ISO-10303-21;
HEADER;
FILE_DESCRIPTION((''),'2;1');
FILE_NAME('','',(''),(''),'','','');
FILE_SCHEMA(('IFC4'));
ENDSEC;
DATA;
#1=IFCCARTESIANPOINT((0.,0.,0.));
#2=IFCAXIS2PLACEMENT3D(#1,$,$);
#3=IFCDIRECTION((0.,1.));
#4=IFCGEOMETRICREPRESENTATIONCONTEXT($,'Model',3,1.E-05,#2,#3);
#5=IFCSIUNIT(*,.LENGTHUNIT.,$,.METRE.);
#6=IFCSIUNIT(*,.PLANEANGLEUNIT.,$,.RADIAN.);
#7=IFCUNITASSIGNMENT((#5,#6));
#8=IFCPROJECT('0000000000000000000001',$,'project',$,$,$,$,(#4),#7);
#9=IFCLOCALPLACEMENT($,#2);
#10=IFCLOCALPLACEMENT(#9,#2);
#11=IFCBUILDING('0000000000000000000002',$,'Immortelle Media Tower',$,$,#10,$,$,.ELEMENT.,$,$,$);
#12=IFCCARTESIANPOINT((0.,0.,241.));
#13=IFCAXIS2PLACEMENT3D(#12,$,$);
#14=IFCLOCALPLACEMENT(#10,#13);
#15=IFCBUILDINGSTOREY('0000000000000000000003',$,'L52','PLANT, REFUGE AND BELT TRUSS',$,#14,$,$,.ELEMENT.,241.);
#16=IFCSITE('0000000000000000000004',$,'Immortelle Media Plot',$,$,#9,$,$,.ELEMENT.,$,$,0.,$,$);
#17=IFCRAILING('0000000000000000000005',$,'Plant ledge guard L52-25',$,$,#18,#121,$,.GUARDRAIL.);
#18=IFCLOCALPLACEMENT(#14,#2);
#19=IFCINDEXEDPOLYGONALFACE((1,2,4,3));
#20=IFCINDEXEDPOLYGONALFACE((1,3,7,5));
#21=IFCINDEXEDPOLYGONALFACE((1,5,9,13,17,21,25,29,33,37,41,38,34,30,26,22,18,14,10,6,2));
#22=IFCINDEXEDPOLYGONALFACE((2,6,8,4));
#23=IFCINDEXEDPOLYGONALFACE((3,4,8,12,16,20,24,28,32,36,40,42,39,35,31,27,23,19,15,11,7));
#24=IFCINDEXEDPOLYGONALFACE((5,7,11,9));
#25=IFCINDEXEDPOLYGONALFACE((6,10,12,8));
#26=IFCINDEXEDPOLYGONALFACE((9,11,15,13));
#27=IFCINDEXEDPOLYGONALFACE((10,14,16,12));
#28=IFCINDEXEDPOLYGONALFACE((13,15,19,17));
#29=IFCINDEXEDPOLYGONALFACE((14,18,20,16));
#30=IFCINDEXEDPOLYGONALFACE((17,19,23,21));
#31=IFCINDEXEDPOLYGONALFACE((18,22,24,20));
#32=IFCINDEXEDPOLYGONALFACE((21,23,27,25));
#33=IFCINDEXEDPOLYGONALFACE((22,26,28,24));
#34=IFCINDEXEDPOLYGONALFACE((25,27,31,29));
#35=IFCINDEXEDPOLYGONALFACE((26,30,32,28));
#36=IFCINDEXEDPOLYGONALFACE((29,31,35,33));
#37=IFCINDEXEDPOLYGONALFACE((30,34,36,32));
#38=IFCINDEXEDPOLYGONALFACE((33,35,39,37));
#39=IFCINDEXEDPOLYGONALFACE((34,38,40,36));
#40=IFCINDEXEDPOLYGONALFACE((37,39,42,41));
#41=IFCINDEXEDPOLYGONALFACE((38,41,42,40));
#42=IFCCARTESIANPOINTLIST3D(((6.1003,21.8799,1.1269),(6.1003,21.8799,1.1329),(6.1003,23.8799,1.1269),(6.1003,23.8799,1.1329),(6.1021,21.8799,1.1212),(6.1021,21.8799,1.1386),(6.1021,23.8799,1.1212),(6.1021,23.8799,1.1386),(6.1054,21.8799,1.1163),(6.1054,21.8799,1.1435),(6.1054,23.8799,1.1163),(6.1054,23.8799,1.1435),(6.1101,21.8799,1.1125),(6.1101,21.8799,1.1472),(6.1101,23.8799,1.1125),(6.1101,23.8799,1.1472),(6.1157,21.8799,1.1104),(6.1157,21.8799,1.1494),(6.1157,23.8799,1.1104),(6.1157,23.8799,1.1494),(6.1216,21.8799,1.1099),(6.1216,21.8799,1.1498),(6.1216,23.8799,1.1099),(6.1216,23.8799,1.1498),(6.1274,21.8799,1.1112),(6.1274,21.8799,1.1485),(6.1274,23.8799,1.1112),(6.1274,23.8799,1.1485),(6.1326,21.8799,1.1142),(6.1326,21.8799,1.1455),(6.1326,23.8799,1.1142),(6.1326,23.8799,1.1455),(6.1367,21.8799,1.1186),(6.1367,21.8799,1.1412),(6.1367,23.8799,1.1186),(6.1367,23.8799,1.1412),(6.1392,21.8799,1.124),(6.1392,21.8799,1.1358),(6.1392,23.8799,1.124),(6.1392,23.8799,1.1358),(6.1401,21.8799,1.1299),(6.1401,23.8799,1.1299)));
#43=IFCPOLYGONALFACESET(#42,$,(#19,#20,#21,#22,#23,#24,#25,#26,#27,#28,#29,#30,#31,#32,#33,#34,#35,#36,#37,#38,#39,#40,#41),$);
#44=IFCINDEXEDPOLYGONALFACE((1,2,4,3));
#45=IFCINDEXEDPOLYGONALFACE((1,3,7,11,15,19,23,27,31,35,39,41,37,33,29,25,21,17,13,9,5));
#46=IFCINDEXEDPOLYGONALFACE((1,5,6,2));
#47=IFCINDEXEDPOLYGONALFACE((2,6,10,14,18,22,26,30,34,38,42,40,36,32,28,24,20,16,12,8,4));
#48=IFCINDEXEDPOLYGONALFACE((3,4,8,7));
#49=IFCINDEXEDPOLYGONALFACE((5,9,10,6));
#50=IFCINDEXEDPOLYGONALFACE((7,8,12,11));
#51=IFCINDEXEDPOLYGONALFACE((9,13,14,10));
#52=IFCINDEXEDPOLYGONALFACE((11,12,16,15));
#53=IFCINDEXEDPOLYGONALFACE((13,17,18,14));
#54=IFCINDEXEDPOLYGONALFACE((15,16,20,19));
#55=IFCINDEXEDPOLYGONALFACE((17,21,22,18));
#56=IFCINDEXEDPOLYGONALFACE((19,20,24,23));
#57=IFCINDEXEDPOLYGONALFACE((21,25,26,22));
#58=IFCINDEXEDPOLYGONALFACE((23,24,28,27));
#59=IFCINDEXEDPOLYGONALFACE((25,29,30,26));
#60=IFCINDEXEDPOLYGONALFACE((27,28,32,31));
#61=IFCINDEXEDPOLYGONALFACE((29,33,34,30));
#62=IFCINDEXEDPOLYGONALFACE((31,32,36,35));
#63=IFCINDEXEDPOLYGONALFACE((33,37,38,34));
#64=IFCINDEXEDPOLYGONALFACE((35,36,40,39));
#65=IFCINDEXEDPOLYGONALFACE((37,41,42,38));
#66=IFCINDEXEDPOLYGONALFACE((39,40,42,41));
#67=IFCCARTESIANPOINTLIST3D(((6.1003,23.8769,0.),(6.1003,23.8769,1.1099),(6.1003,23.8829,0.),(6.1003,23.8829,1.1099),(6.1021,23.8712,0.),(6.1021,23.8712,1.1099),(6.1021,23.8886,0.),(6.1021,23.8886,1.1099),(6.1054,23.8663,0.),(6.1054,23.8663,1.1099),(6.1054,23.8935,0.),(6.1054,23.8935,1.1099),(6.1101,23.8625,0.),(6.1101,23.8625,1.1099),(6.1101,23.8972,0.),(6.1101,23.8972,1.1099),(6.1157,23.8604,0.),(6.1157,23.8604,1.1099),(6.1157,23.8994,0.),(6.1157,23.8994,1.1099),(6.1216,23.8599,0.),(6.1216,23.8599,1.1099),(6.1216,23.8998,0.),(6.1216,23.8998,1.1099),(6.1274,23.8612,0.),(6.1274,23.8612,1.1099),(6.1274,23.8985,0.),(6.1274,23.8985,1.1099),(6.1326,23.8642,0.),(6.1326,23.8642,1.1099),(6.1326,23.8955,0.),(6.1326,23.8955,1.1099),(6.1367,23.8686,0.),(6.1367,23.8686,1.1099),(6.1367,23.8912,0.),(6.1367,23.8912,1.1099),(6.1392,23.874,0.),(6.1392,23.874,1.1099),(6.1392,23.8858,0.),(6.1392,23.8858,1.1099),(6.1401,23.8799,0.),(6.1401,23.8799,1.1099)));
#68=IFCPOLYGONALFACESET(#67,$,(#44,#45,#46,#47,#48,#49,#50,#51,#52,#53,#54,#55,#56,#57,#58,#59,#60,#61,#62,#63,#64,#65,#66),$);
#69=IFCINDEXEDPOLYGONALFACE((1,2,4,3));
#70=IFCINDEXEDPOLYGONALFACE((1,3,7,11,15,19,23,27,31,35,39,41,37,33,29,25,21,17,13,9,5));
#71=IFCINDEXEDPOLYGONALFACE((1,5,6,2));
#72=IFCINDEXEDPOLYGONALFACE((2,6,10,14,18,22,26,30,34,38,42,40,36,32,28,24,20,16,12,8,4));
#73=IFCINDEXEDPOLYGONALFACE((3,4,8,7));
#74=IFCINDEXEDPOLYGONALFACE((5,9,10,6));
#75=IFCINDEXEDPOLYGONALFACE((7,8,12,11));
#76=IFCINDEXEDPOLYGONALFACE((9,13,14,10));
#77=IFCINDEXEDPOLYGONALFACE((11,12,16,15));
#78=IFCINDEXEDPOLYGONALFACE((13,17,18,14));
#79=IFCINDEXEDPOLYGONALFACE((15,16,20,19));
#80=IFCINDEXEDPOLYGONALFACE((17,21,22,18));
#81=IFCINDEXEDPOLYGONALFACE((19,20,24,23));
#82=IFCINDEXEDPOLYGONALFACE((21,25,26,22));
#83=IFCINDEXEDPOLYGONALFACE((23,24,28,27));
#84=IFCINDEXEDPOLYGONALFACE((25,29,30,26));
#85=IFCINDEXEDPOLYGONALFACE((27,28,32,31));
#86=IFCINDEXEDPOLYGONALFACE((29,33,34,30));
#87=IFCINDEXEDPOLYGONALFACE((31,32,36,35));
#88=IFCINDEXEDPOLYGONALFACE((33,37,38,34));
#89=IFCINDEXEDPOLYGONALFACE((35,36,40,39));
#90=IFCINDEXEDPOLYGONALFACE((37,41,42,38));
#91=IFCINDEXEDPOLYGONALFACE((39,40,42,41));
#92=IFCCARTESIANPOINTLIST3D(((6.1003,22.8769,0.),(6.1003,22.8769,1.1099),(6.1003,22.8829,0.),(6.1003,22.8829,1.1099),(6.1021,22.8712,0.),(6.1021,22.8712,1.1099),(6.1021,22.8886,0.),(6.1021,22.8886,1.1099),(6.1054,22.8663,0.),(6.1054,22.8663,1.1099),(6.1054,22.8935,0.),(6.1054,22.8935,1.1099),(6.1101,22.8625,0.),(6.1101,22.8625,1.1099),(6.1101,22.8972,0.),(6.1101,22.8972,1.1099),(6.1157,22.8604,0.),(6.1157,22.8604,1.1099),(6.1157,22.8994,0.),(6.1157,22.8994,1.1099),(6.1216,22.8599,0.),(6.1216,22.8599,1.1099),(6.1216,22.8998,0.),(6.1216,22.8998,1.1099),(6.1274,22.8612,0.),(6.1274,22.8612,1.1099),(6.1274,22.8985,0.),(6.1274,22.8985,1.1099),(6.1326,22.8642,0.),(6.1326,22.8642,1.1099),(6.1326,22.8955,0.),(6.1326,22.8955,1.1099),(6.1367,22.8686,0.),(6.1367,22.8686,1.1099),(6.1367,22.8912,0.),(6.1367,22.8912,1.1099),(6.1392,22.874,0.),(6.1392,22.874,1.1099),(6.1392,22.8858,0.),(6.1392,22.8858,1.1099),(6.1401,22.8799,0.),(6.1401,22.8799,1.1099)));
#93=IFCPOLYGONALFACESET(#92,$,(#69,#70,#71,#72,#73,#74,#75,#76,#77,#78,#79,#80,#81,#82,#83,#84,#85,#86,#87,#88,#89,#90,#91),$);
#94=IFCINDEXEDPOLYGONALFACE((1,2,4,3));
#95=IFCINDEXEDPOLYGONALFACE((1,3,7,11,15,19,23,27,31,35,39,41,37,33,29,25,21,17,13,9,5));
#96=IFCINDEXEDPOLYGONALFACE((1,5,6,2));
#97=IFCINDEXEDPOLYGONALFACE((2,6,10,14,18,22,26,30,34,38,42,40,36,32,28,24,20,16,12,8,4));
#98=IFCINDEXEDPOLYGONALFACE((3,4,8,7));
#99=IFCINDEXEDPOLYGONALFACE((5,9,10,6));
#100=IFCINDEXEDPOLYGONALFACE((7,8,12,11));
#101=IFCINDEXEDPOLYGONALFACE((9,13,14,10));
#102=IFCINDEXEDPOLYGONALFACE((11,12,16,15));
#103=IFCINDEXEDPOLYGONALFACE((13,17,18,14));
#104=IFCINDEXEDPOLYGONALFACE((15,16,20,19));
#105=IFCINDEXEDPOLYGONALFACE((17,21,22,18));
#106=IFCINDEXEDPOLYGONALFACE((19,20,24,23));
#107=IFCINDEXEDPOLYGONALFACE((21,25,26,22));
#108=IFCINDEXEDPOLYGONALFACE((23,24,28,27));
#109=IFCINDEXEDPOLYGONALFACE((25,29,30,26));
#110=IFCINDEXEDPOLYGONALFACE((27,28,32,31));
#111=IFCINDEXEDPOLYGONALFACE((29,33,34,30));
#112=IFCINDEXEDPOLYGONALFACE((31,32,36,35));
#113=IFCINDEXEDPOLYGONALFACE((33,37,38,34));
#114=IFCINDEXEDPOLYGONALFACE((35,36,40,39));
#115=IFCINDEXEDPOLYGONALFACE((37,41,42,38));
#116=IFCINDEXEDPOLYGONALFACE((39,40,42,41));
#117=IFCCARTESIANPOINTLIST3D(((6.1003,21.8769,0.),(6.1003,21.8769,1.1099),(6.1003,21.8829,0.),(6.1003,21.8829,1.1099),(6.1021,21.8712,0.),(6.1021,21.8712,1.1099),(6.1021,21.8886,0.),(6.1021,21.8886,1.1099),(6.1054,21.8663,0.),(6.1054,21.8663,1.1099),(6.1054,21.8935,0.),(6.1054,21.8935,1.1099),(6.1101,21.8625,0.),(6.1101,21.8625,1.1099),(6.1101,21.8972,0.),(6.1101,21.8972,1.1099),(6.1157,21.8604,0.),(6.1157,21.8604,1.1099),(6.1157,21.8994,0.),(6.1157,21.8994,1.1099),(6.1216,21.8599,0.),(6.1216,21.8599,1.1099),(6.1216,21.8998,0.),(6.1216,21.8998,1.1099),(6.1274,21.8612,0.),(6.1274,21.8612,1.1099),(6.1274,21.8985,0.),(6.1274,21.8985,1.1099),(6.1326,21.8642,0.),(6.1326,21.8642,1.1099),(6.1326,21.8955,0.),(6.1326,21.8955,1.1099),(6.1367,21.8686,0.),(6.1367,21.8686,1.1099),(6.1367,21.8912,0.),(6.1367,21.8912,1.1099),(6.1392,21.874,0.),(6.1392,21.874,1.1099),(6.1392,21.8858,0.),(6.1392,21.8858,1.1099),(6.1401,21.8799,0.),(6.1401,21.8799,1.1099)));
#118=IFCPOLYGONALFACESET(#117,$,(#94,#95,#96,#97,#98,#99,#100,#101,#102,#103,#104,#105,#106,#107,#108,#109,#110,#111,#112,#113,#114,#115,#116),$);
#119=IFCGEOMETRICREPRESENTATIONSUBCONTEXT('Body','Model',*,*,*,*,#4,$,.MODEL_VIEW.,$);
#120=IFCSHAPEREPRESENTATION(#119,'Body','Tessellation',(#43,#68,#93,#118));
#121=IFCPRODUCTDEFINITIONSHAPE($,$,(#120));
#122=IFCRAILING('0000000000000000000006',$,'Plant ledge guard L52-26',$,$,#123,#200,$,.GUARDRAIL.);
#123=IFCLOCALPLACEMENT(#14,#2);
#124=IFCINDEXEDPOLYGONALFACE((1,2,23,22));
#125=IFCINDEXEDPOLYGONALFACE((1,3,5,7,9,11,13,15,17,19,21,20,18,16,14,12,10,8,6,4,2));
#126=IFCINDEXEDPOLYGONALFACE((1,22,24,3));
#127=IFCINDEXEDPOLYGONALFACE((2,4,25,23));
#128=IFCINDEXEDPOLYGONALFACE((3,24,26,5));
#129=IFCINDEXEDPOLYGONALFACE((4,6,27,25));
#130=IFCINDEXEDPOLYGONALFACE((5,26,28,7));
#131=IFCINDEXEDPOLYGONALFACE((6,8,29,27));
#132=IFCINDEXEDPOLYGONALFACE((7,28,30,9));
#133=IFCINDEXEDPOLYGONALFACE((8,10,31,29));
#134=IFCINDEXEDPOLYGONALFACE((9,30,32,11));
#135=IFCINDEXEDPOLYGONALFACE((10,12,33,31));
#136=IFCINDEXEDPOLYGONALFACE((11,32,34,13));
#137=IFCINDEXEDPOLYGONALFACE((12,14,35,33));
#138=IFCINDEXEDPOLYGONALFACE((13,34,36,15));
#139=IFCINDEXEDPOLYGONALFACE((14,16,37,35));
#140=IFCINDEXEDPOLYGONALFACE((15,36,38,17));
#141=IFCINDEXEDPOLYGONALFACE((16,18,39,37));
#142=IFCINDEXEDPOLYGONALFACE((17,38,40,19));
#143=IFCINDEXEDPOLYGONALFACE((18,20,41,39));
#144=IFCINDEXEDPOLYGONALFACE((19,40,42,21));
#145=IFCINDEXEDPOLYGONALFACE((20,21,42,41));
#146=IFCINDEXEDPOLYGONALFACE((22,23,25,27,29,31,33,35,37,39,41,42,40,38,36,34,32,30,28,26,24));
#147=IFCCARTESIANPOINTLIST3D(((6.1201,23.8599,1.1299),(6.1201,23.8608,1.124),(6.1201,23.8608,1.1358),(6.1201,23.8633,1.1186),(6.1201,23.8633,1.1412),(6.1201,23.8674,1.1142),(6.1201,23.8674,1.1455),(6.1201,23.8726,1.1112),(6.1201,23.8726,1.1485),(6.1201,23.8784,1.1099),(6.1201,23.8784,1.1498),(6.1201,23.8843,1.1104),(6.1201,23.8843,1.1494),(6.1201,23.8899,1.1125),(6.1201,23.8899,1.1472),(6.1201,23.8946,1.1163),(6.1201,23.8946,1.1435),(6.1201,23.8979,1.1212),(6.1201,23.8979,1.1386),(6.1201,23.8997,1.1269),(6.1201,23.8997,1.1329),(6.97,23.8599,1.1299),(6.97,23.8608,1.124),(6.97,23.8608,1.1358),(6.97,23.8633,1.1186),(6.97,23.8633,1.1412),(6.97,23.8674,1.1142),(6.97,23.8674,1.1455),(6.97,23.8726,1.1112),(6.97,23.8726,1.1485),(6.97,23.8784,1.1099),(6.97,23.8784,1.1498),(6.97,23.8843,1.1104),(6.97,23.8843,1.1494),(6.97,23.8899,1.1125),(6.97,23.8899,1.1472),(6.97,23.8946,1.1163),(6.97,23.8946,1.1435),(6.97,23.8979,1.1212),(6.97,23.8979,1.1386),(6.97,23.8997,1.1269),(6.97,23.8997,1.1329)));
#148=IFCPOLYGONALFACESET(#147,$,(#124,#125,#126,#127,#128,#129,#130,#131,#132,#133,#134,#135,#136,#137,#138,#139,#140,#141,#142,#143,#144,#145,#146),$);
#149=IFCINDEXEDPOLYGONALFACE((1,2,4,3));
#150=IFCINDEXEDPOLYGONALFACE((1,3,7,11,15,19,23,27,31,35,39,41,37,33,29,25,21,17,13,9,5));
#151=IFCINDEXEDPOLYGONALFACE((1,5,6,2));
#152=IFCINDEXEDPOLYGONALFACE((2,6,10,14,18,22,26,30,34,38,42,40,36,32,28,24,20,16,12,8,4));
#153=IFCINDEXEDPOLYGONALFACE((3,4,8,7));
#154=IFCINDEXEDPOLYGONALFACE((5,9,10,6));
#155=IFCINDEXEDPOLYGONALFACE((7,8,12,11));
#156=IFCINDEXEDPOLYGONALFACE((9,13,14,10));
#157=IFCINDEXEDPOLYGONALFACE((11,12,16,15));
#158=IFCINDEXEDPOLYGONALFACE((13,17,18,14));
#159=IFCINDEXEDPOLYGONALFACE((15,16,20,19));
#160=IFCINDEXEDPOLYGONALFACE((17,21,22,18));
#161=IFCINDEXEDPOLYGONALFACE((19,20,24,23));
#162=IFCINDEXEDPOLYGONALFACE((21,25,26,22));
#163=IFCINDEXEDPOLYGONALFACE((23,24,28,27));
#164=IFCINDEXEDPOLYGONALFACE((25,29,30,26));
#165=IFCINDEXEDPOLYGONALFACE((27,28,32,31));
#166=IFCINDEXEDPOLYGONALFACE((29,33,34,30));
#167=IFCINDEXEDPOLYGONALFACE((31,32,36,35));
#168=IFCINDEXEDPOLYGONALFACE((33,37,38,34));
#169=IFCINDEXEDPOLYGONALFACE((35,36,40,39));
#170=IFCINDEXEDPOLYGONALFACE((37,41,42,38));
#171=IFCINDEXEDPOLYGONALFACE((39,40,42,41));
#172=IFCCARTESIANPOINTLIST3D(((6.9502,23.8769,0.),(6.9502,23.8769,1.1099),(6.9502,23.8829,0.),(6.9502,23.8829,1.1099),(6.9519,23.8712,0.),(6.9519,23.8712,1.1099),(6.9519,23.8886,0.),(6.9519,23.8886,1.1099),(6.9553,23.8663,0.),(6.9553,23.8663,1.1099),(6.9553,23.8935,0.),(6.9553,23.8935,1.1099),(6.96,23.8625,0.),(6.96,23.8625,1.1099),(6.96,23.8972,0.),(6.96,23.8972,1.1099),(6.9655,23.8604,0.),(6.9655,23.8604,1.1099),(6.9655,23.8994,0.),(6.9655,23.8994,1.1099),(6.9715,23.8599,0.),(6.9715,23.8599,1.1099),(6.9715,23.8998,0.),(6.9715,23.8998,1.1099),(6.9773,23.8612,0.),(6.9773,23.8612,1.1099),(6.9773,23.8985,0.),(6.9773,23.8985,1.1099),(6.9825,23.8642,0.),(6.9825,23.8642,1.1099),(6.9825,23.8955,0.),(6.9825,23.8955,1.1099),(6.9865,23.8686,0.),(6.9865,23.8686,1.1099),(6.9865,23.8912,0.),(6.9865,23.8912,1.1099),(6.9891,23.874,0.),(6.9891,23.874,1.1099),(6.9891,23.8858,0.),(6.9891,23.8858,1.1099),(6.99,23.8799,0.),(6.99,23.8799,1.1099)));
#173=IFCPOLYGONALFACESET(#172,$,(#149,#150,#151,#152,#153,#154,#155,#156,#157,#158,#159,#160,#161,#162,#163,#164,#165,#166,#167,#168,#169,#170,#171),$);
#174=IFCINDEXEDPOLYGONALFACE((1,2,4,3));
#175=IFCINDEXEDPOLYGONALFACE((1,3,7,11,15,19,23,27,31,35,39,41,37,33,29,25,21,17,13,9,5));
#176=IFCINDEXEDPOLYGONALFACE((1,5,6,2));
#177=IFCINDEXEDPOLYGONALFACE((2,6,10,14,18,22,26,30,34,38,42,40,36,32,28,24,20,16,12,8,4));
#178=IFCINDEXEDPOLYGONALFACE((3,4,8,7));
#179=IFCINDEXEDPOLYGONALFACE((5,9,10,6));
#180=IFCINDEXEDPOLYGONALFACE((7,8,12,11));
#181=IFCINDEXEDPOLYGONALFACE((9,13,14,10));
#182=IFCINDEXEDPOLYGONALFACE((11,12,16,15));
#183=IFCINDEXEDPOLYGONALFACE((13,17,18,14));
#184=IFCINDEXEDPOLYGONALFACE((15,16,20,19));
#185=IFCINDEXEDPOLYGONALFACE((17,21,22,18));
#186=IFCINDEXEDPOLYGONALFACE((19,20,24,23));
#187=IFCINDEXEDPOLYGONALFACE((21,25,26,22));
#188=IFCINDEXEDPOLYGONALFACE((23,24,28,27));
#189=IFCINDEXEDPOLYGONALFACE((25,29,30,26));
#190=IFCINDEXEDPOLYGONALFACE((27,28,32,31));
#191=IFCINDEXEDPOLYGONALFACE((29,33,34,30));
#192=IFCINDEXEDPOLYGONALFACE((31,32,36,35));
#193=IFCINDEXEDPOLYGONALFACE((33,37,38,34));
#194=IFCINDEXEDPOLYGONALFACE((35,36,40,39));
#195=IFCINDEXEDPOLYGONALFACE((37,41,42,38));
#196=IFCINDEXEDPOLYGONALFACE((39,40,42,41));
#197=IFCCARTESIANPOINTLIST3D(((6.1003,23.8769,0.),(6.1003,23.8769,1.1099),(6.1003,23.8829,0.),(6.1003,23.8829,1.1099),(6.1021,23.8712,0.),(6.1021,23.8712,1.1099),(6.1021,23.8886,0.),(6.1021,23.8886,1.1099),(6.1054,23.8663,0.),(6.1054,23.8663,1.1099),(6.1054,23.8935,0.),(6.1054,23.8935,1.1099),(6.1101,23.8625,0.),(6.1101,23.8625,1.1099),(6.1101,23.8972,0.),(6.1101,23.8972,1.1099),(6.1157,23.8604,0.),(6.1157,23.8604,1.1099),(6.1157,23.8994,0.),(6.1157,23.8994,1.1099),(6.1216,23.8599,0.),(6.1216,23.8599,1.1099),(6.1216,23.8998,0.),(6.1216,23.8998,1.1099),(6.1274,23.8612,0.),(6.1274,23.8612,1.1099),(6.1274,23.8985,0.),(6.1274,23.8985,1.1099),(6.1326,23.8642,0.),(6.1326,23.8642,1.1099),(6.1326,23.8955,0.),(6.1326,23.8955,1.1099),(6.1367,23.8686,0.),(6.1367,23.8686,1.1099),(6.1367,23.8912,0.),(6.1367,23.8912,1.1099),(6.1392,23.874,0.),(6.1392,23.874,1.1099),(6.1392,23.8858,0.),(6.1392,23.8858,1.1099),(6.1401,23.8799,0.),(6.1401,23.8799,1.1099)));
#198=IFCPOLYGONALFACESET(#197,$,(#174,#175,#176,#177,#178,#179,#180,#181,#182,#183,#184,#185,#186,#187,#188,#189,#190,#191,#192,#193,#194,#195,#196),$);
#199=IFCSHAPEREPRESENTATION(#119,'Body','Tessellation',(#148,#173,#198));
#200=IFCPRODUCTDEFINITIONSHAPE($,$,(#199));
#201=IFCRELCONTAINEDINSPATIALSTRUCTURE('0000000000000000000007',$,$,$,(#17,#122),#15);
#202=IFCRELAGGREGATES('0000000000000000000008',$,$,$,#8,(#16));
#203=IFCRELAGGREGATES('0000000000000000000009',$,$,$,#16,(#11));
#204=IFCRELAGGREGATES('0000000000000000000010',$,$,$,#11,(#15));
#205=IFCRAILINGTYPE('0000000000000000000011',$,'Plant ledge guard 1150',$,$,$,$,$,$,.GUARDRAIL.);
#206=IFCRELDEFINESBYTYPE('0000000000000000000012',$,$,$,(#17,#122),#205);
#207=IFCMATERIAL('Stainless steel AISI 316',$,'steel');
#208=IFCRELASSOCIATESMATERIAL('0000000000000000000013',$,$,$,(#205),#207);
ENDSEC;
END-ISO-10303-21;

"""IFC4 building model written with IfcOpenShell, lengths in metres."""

from ifc_helpers import new_model, si_unit, direction, frame, origin, origin_2d, place, context, subcontext, project, spatial, circle, extrude, material, type_object, element, save


model = new_model("IFC4")

# Units and contexts
model_context = context("Model", 3, precision=1e-05, world=origin(), true_north=direction((0.0, 1.0)))
body_context = subcontext(model_context, "Body", "Model", "MODEL_VIEW")
ifc_project = project(units=[si_unit("LENGTHUNIT", "METRE"), si_unit("PLANEANGLEUNIT", "RADIAN")], contexts=[model_context])

# Site, building, storey
site_placement = place(None, origin())
site = spatial("IfcSite", under=ifc_project, at=site_placement, Name="Immortelle Media Plot", CompositionType="ELEMENT", RefElevation=0.0)
building_placement = place(site_placement, origin())
building = spatial("IfcBuilding", under=site, at=building_placement, Name="Immortelle Media Tower", CompositionType="ELEMENT")
storey_placement = place(building_placement, frame((0.0, 0.0, 241.0)))
storey = spatial("IfcBuildingStorey", under=building, at=storey_placement, Name="L52", Description="PLANT, REFUGE AND BELT TRUSS", CompositionType="ELEMENT", Elevation=241.0)

# Railings
ifc_material_1 = material(Name="Stainless steel AISI 316", Category="steel")
railing_type = type_object("IfcRailingType", Name="Plant ledge guard 1150", PredefinedType="GUARDRAIL", material=ifc_material_1)
railing_1_placement = place(storey_placement, frame((6.1201, 23.8799, 0.0)))
element("IfcRailing", 1, at=railing_1_placement, inside=storey, type_object=railing_type, Name="Plant ledge guard L52-25", PredefinedType="GUARDRAIL", context=body_context, shape_type="SweptSolid", body=[
    extrude(circle(Radius=0.02, at=origin_2d()), frame((0.0, 0.0, 1.1299), z_axis=(0.0, -1.0, 0.0), x_axis=(1.0, 0.0, 0.0)), (0.0, 0.0, 1.0), 2.0),
    extrude(circle(Radius=0.02, at=origin_2d()), origin(), (0.0, 0.0, 1.0), 1.1099),
    extrude(circle(Radius=0.02, at=origin_2d()), frame((0.0, -1.0, 0.0)), (0.0, 0.0, 1.0), 1.1099),
    extrude(circle(Radius=0.02, at=origin_2d()), frame((0.0, -2.0, 0.0)), (0.0, 0.0, 1.0), 1.1099),
])
railing_2_placement = place(storey_placement, frame((6.97, 23.8799, 0.0)))
element("IfcRailing", 2, at=railing_2_placement, inside=storey, type_object=railing_type, Name="Plant ledge guard L52-26", PredefinedType="GUARDRAIL", context=body_context, shape_type="SweptSolid", body=[
    extrude(circle(Radius=0.02, at=origin_2d()), frame((0.0, 0.0, 1.1299), z_axis=(-1.0, 0.0, 0.0), x_axis=(0.0, -1.0, 0.0)), (0.0, 0.0, 1.0), 0.8499),
    extrude(circle(Radius=0.02, at=origin_2d()), origin(), (0.0, 0.0, 1.0), 1.1099),
    extrude(circle(Radius=0.02, at=origin_2d()), frame((-0.8499, 0.0, 0.0)), (0.0, 0.0, 1.0), 1.1099),
])

save(model, "model.ifc")
